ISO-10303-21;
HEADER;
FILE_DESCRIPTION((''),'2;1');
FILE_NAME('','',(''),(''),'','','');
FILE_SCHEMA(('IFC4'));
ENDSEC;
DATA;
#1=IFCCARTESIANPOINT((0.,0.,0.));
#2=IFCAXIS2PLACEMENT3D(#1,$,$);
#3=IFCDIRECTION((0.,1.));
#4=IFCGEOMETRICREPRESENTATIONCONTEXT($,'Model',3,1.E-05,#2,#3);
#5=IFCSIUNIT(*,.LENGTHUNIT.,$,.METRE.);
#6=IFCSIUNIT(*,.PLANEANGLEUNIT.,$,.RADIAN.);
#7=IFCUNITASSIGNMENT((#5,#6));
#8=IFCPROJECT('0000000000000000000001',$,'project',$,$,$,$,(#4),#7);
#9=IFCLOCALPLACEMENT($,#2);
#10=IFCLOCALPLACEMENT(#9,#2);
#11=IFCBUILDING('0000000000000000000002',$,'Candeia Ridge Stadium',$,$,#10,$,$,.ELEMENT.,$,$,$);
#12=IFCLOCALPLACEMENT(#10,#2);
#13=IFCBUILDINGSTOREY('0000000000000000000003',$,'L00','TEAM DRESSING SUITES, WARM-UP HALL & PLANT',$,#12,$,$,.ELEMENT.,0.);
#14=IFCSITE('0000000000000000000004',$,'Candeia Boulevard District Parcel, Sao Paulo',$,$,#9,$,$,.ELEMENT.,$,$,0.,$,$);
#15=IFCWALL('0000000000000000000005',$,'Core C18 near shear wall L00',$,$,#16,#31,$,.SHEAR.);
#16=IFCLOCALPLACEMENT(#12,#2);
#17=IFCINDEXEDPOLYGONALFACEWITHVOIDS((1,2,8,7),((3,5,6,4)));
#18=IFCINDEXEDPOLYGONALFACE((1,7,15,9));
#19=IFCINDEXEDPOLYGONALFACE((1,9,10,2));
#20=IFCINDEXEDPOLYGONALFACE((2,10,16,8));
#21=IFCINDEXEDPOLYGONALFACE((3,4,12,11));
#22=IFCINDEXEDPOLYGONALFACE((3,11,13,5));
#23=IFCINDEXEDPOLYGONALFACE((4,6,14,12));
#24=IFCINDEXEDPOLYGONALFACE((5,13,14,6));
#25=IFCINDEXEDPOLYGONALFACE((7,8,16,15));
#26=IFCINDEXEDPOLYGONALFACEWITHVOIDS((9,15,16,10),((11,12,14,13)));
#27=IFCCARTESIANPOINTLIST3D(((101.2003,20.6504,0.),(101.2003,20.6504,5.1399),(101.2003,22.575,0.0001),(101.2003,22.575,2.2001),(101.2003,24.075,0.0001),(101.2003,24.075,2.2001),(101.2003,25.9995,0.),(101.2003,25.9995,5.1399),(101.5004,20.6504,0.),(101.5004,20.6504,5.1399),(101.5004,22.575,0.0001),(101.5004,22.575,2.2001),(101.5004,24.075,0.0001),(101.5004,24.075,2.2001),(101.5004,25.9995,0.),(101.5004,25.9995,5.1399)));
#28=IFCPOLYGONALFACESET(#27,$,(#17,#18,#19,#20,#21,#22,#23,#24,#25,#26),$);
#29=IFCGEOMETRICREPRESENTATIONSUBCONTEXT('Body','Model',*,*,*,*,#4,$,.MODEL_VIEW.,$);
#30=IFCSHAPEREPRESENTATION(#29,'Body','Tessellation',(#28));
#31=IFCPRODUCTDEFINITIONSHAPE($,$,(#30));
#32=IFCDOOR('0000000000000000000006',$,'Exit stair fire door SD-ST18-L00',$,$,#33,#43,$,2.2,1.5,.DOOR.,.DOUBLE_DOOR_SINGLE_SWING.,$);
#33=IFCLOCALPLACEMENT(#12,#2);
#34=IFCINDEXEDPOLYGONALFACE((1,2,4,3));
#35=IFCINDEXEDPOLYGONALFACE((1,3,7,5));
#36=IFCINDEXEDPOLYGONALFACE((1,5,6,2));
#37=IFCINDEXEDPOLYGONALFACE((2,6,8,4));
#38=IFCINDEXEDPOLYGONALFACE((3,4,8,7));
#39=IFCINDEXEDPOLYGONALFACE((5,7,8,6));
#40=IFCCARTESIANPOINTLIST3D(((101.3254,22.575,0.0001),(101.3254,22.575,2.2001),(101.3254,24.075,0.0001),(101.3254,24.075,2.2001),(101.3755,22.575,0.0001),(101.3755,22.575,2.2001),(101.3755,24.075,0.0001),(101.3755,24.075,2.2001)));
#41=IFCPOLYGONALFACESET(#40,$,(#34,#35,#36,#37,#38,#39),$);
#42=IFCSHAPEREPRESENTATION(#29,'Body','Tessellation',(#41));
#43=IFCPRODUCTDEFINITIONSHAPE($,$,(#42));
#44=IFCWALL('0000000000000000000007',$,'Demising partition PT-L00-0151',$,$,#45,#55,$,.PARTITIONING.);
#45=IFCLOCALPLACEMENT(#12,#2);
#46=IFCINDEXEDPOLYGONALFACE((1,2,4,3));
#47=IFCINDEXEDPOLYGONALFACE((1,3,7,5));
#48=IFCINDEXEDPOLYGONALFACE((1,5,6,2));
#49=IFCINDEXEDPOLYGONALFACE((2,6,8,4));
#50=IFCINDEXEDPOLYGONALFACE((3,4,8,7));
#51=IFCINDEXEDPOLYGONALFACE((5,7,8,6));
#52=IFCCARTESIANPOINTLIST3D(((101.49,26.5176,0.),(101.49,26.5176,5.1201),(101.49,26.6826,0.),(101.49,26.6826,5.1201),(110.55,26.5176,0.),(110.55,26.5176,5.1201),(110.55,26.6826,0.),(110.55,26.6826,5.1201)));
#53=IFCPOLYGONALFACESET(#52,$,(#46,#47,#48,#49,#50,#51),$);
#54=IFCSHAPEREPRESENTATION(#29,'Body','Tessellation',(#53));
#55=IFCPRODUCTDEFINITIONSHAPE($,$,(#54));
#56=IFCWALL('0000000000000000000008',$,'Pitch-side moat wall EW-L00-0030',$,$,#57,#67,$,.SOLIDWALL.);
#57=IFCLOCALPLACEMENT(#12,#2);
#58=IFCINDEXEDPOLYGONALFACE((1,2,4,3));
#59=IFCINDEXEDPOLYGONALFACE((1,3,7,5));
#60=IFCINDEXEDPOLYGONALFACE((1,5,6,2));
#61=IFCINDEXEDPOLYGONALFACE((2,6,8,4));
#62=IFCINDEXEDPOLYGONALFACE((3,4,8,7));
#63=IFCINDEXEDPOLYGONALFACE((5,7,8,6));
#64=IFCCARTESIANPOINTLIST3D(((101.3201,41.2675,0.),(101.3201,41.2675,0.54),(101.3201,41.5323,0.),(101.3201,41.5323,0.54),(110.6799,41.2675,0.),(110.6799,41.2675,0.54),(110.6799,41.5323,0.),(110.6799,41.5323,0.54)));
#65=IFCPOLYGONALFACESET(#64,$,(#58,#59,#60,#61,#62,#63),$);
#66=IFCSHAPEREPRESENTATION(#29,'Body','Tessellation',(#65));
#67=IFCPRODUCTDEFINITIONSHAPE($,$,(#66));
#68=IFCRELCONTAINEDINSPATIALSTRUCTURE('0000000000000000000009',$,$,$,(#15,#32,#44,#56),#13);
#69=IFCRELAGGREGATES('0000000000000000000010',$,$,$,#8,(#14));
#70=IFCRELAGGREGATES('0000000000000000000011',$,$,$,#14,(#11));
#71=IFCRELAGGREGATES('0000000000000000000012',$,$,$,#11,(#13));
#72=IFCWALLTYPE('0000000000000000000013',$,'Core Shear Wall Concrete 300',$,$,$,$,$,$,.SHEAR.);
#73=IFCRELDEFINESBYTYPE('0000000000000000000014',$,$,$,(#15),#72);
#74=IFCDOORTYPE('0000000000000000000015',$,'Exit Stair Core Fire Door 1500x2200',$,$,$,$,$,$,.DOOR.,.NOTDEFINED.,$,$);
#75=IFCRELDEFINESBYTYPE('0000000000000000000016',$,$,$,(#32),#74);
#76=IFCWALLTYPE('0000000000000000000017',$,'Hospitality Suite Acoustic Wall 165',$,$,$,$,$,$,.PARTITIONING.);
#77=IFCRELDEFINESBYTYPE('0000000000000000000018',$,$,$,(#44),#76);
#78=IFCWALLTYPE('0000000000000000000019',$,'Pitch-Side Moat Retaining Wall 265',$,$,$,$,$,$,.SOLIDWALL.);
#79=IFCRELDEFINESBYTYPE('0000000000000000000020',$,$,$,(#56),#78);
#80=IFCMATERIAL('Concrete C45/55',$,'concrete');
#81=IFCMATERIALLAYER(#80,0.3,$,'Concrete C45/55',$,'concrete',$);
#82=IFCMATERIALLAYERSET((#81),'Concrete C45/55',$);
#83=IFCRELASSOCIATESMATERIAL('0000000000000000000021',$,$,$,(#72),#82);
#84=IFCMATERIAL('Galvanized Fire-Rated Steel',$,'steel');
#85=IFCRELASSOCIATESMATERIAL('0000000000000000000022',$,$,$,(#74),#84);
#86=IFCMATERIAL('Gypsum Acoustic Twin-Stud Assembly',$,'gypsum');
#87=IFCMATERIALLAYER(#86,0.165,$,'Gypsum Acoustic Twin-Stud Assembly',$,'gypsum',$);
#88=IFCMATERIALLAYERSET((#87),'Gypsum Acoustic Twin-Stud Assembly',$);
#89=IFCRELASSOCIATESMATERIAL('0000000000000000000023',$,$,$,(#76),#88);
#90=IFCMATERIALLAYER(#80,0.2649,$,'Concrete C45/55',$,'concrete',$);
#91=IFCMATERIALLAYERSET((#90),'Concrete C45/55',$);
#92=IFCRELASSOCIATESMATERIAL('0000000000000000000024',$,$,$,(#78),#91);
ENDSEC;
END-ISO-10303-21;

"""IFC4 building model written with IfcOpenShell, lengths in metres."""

from ifc_helpers import new_model, si_unit, direction, frame, frame_2d, origin, place, context, subcontext, project, spatial, rectangle, extrude, material, layer, layer_set, type_object, element, fill, save


model = new_model("IFC4")

# Units and contexts
model_context = context("Model", 3, precision=1e-05, world=origin(), true_north=direction((0.0, 1.0)))
body_context = subcontext(model_context, "Body", "Model", "MODEL_VIEW")
ifc_project = project(units=[si_unit("LENGTHUNIT", "METRE"), si_unit("PLANEANGLEUNIT", "RADIAN")], contexts=[model_context])

# Site, building, storey
site_placement = place(None, origin())
site = spatial("IfcSite", under=ifc_project, at=site_placement, Name="Candeia Boulevard District Parcel, Sao Paulo", CompositionType="ELEMENT", RefElevation=0.0)
building_placement = place(site_placement, origin())
building = spatial("IfcBuilding", under=site, at=building_placement, Name="Candeia Ridge Stadium", CompositionType="ELEMENT")
storey_placement = place(building_placement, origin())
storey = spatial("IfcBuildingStorey", under=building, at=storey_placement, Name="L00", Description="TEAM DRESSING SUITES, WARM-UP HALL & PLANT", CompositionType="ELEMENT", Elevation=0.0)

# Shared definitions
ifc_material_1 = material(Name="Concrete C45/55", Category="concrete")

# Shared definitions
ifc_layer_1 = layer(ifc_material_1, 0.3, Name="Concrete C45/55", Category="concrete")
ifc_layer_set_1 = layer_set([ifc_layer_1], Name="Concrete C45/55")
wall_type_1 = type_object("IfcWallType", Name="Core Shear Wall Concrete 300", PredefinedType="SHEAR", material=ifc_layer_set_1)

# Wall, opening, door
wall_1_placement = place(storey_placement, frame((101.3503, 25.9995, 0.0), z_axis=(0.0, 0.0, 1.0), x_axis=(0.0, -1.0, 0.0)))
wall_1 = element("IfcWall", 1, at=wall_1_placement, inside=storey, type_object=wall_type_1, Name="Core C18 near shear wall L00", PredefinedType="SHEAR", context=body_context, shape_type="SweptSolid", body=[
    extrude(rectangle(XDim=5.3491, YDim=0.3, at=frame_2d((2.6746, 0.0))), origin(), (0.0, 0.0, 1.0), 5.1399),
])
opening_placement = place(wall_1_placement, frame((1.9246, 0.0, 0.0)))
opening = element("IfcOpeningElement", 2, at=opening_placement, cuts=wall_1, PredefinedType="OPENING", context=body_context, shape_type="SweptSolid", body=[
    extrude(rectangle(XDim=1.5, YDim=2.2, at=frame_2d((0.75, 1.1001))), frame((0.0, 0.1599, 0.0), z_axis=(0.0, -1.0, 0.0), x_axis=(1.0, 0.0, 0.0)), (0.0, 0.0, 1.0), 0.3201),
])
ifc_material_2 = material(Name="Galvanized Fire-Rated Steel", Category="steel")
door_type = type_object("IfcDoorType", Name="Exit Stair Core Fire Door 1500x2200", OperationType="NOTDEFINED", PredefinedType="DOOR", material=ifc_material_2)
door_placement = place(opening_placement, frame((1.5, 0.0, 0.0), z_axis=(0.0, 0.0, 1.0), x_axis=(-1.0, 0.0, 0.0)))
door = element("IfcDoor", 3, at=door_placement, inside=storey, type_object=door_type, Name="Exit stair fire door SD-ST18-L00", OperationType="DOUBLE_DOOR_SINGLE_SWING", OverallHeight=2.2, OverallWidth=1.5, PredefinedType="DOOR", context=body_context, shape_type="SweptSolid", body=[
    extrude(rectangle(XDim=1.5, YDim=2.2, at=frame_2d((0.75, 1.1001))), frame((0.0, 0.0249, 0.0), z_axis=(0.0, -1.0, 0.0), x_axis=(1.0, 0.0, 0.0)), (0.0, 0.0, 1.0), 0.05),
])
fill(opening, door)

# Walls
ifc_material_3 = material(Name="Gypsum Acoustic Twin-Stud Assembly", Category="gypsum")
ifc_layer_2 = layer(ifc_material_3, 0.165, Name="Gypsum Acoustic Twin-Stud Assembly", Category="gypsum")
ifc_layer_set_2 = layer_set([ifc_layer_2], Name="Gypsum Acoustic Twin-Stud Assembly")
wall_type_2 = type_object("IfcWallType", Name="Hospitality Suite Acoustic Wall 165", PredefinedType="PARTITIONING", material=ifc_layer_set_2)
wall_2_placement = place(storey_placement, frame((110.55, 26.6001, 0.0), z_axis=(0.0, 0.0, 1.0), x_axis=(-1.0, 0.0, 0.0)))
element("IfcWall", 4, at=wall_2_placement, inside=storey, type_object=wall_type_2, Name="Demising partition PT-L00-0151", PredefinedType="PARTITIONING", context=body_context, shape_type="SweptSolid", body=[
    extrude(rectangle(XDim=9.0601, YDim=0.165, at=frame_2d((4.53, 0.0))), origin(), (0.0, 0.0, 1.0), 5.1201),
])
ifc_layer_3 = layer(ifc_material_1, 0.2649, Name="Concrete C45/55", Category="concrete")
ifc_layer_set_3 = layer_set([ifc_layer_3], Name="Concrete C45/55")
wall_type_3 = type_object("IfcWallType", Name="Pitch-Side Moat Retaining Wall 265", PredefinedType="SOLIDWALL", material=ifc_layer_set_3)
wall_3_placement = place(storey_placement, frame((101.3201, 41.3999, 0.0), z_axis=(0.0, 0.0, 1.0), x_axis=(1.0, 0.0, 0.0)))
element("IfcWall", 5, at=wall_3_placement, inside=storey, type_object=wall_type_3, Name="Pitch-side moat wall EW-L00-0030", PredefinedType="SOLIDWALL", context=body_context, shape_type="SweptSolid", body=[
    extrude(rectangle(XDim=9.3599, YDim=0.2649, at=frame_2d((4.6799, 0.0))), origin(), (0.0, 0.0, 1.0), 0.54),
])

save(model, "model.ifc")
